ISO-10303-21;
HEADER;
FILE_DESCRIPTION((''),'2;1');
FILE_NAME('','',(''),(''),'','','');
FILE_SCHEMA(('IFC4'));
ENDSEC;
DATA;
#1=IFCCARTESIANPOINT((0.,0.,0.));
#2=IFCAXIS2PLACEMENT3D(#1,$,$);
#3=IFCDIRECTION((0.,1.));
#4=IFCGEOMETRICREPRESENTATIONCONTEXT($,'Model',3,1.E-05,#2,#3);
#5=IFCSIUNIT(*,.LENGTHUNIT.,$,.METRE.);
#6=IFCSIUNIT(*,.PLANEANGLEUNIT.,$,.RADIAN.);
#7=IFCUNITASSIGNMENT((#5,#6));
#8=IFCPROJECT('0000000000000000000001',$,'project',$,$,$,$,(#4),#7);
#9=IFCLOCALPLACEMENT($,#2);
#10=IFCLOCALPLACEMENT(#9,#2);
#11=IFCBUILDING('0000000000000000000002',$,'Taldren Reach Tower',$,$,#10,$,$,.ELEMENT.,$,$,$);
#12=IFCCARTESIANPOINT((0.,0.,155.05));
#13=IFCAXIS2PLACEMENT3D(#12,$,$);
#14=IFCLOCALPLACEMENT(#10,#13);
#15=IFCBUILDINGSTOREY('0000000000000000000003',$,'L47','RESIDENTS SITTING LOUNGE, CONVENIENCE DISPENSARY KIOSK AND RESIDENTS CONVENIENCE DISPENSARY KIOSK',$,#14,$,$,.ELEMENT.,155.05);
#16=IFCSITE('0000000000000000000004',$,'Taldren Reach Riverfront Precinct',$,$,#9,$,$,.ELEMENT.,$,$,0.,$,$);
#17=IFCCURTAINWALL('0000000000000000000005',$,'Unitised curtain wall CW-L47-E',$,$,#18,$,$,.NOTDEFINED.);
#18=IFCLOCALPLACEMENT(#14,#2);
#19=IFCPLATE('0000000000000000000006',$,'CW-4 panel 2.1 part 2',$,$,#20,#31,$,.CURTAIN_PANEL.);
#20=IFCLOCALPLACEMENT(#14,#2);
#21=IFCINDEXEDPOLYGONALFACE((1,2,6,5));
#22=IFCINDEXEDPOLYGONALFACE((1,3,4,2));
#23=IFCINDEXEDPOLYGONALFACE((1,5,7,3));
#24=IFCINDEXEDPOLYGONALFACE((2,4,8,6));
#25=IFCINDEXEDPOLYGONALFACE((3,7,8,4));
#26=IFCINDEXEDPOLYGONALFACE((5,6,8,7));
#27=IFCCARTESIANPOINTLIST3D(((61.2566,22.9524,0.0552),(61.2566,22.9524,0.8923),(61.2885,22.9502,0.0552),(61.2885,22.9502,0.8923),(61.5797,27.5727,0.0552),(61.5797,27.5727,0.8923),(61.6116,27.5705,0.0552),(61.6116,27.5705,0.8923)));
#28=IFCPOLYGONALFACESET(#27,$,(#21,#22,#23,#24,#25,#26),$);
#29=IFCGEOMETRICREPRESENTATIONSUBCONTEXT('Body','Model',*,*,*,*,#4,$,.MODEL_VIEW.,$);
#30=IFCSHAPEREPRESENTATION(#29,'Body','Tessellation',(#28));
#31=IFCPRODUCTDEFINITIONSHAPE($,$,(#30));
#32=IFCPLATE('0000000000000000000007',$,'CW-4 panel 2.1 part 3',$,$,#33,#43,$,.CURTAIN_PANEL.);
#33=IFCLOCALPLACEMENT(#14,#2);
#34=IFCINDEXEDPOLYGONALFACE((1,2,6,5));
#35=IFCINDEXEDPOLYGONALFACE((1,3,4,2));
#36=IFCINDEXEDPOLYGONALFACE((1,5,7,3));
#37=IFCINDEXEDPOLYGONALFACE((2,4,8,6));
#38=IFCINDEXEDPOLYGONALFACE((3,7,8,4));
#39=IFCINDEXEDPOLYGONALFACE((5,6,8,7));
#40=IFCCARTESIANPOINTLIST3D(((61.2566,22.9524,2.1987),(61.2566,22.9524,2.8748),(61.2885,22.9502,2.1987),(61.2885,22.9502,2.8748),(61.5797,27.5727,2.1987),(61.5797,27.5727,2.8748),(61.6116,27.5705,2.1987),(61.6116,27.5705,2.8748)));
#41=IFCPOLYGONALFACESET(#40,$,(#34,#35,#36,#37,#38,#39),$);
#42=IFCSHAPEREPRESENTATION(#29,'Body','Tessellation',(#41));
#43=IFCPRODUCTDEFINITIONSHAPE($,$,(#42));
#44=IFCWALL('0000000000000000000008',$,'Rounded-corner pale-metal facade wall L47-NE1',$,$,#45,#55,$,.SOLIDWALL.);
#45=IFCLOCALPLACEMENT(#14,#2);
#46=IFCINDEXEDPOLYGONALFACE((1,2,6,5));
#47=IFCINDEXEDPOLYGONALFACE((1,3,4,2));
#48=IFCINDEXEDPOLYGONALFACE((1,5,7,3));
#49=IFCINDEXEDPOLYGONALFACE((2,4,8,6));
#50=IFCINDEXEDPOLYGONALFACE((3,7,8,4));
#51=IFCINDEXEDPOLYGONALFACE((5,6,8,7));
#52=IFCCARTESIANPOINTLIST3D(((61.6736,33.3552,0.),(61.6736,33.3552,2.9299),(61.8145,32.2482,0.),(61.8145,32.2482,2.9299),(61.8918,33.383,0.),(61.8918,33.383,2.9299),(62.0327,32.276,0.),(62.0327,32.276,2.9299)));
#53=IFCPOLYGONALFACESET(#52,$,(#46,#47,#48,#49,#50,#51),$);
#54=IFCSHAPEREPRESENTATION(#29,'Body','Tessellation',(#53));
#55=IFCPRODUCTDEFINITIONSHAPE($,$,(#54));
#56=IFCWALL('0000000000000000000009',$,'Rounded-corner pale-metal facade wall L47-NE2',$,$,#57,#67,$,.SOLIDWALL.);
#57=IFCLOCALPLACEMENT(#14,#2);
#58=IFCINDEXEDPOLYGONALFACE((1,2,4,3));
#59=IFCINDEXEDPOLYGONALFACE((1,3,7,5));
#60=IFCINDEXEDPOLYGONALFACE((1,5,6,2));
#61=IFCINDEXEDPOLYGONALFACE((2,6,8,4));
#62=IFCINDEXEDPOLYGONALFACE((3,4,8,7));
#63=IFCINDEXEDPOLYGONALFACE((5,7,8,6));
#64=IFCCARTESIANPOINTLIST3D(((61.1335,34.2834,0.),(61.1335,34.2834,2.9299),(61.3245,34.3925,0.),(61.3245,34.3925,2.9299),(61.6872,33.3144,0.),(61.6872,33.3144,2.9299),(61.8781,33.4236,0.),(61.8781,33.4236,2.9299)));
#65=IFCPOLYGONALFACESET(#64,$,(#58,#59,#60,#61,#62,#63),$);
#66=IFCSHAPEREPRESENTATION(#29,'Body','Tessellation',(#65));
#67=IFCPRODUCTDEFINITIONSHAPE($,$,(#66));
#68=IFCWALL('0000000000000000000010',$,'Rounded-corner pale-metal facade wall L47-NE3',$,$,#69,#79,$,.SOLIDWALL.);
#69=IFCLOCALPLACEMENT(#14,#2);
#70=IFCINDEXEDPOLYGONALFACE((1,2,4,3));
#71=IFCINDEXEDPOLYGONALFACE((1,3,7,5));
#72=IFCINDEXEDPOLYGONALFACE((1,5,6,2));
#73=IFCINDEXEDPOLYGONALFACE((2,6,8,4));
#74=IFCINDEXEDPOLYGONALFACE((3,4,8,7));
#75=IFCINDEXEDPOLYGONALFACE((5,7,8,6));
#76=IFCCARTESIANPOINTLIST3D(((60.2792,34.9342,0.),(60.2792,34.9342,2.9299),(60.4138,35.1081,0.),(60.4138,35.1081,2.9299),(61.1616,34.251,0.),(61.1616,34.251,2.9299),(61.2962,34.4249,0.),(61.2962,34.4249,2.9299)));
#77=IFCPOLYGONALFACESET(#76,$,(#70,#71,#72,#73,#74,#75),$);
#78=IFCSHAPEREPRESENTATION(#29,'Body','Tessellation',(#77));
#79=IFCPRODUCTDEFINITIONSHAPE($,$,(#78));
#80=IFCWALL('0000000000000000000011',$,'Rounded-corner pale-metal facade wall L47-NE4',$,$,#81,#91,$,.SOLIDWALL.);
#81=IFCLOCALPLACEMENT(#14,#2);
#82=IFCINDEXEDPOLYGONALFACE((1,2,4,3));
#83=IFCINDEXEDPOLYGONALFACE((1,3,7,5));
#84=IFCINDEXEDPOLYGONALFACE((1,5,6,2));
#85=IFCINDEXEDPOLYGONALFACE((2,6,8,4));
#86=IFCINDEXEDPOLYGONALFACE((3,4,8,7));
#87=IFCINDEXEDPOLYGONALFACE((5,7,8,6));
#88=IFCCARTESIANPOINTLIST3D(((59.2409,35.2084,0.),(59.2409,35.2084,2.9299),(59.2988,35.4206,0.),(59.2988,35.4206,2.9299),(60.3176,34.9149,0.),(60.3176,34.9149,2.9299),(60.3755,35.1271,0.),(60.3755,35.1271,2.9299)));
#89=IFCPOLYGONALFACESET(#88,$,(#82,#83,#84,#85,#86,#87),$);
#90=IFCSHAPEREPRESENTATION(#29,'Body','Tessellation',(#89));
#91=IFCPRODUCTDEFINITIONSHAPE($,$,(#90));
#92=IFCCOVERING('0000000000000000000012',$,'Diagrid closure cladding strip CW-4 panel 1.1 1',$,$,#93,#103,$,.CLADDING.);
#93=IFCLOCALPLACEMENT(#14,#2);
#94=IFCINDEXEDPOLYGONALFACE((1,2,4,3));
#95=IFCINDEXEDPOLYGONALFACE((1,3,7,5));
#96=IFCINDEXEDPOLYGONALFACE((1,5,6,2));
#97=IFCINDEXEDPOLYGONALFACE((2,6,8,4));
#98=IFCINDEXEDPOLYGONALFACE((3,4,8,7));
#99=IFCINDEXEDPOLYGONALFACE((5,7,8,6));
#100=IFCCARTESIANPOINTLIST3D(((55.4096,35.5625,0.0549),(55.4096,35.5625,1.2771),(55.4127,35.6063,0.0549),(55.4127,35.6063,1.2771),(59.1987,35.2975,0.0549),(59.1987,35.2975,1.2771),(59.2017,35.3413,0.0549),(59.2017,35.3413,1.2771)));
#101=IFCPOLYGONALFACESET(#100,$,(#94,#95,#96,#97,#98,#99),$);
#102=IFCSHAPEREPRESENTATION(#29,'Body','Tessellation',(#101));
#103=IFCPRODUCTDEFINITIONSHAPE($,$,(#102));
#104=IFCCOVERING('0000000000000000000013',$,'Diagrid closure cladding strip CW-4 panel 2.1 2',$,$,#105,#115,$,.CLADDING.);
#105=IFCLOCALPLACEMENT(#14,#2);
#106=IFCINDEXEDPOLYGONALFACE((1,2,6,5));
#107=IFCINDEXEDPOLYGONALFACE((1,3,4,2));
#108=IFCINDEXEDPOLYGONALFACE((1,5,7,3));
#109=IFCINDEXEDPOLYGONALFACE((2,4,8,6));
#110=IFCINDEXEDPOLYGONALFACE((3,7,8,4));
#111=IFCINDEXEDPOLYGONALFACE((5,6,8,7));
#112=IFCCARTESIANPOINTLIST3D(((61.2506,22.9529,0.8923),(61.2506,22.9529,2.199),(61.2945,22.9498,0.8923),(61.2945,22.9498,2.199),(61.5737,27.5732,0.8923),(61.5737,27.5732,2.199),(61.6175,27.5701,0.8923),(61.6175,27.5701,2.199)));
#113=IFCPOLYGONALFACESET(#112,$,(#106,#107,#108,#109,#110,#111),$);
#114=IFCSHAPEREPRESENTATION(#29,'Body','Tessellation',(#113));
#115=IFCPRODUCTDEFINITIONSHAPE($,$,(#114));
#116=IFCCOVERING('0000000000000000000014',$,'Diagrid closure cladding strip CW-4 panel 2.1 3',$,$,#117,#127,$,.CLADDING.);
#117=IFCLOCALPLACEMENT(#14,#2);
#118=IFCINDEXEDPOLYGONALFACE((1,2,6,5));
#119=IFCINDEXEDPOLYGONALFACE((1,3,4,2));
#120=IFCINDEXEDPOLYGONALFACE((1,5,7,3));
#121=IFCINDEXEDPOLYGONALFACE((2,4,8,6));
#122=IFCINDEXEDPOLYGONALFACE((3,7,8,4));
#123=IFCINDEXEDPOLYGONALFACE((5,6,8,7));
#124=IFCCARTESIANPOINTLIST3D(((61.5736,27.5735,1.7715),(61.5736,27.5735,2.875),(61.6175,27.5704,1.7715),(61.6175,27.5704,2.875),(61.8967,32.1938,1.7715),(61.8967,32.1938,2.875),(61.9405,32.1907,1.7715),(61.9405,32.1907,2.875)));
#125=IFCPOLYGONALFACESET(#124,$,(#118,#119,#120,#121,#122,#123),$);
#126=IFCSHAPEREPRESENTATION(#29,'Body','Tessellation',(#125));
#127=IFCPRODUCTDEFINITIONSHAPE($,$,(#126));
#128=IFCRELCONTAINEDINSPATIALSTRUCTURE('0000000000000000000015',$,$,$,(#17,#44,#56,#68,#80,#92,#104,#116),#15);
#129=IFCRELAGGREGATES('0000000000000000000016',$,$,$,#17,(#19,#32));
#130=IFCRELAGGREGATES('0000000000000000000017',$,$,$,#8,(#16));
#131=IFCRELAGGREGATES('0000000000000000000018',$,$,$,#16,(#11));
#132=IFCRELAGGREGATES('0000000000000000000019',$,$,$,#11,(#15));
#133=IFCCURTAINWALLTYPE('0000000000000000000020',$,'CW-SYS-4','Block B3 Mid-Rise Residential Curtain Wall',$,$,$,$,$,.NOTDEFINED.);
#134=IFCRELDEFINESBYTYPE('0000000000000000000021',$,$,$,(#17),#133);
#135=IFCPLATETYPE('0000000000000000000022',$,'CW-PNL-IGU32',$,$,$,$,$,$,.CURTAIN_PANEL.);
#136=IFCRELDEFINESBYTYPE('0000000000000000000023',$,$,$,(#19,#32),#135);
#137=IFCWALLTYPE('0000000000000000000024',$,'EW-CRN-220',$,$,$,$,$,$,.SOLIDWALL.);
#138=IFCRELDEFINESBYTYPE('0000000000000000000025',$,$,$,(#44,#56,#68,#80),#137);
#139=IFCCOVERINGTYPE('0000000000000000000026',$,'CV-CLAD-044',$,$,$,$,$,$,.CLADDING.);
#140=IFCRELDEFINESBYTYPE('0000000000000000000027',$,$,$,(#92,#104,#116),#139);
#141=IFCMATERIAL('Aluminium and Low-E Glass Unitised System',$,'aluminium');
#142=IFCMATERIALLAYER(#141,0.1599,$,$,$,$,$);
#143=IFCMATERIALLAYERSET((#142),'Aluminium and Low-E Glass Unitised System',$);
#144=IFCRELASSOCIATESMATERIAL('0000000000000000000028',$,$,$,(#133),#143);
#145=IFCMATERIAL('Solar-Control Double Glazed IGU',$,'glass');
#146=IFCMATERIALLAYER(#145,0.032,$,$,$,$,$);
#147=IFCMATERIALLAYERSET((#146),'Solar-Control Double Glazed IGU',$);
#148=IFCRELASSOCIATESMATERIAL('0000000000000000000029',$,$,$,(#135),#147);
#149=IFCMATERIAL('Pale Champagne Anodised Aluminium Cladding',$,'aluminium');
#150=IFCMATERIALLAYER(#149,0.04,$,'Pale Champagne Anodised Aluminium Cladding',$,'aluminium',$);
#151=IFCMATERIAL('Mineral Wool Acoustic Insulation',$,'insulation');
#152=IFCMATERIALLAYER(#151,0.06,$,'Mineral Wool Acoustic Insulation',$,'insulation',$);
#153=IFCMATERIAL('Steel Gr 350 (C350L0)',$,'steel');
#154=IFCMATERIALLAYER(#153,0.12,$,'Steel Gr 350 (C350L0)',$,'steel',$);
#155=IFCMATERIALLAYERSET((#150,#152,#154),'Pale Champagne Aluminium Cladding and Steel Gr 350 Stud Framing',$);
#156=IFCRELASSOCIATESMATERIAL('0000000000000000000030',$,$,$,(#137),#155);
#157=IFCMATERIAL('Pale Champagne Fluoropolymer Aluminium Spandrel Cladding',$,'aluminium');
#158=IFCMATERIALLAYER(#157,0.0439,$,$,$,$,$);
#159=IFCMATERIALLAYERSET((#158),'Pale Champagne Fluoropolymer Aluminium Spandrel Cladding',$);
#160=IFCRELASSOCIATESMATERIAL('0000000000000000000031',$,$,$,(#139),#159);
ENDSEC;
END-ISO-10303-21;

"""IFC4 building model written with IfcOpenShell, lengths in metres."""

from ifc_helpers import new_model, si_unit, direction, frame, frame_2d, origin, origin_2d, place, context, subcontext, project, spatial, rectangle, extrude, source, transform, mapped, material, layer, layer_set, type_object, element, aggregate, save


model = new_model("IFC4")

# Units and contexts
model_context = context("Model", 3, precision=1e-05, world=origin(), true_north=direction((0.0, 1.0)))
body_context = subcontext(model_context, "Body", "Model", "MODEL_VIEW")
ifc_project = project(units=[si_unit("LENGTHUNIT", "METRE"), si_unit("PLANEANGLEUNIT", "RADIAN")], contexts=[model_context])

# Site, building, storey
site_placement = place(None, origin())
site = spatial("IfcSite", under=ifc_project, at=site_placement, Name="Taldren Reach Riverfront Precinct", CompositionType="ELEMENT", RefElevation=0.0)
building_placement = place(site_placement, origin())
building = spatial("IfcBuilding", under=site, at=building_placement, Name="Taldren Reach Tower", CompositionType="ELEMENT")
storey_placement = place(building_placement, frame((0.0, 0.0, 155.05)))
storey = spatial("IfcBuildingStorey", under=building, at=storey_placement, Name="L47", Description="RESIDENTS SITTING LOUNGE, CONVENIENCE DISPENSARY KIOSK AND RESIDENTS CONVENIENCE DISPENSARY KIOSK", CompositionType="ELEMENT", Elevation=155.05)

# Shared definitions
ifc_material_1 = material(Name="Steel Gr 350 (C350L0)", Category="steel")

# Shared definitions
ifc_material_2 = material(Name="Aluminium and Low-E Glass Unitised System", Category="aluminium")
ifc_layer_1 = layer(ifc_material_2, 0.1599)
ifc_layer_set_1 = layer_set([ifc_layer_1], Name="Aluminium and Low-E Glass Unitised System")
curtain_wall_type = type_object("IfcCurtainWallType", Name="CW-SYS-4", Description="Block B3 Mid-Rise Residential Curtain Wall", PredefinedType="NOTDEFINED", material=ifc_layer_set_1)

# Curtain wall
curtain_wall_1_placement = place(storey_placement, origin())
curtain_wall_1 = element("IfcCurtainWall", 1, at=curtain_wall_1_placement, inside=storey, type_object=curtain_wall_type, Name="Unitised curtain wall CW-L47-E", PredefinedType="NOTDEFINED")

# Plates
ifc_material_3 = material(Name="Solar-Control Double Glazed IGU", Category="glass")
ifc_layer_2 = layer(ifc_material_3, 0.032)
ifc_layer_set_2 = layer_set([ifc_layer_2], Name="Solar-Control Double Glazed IGU")
plate_type_1 = type_object("IfcPlateType", Name="CW-PNL-IGU32", PredefinedType="CURTAIN_PANEL", material=ifc_layer_set_2)
shared_shape_1 = source(origin(), body_context, "Body", "SweptSolid", [
    extrude(rectangle(XDim=4.6316, YDim=0.032, at=origin_2d()), origin(), (0.0, 0.0, 1.0), 0.8372),
])
plate_1_placement = place(storey_placement, frame((61.4341, 25.2615, 0.0552), z_axis=(0.0, 0.0, 1.0), x_axis=(0.069756, 0.997564, 0.0)))
plate_1 = element("IfcPlate", 2, at=plate_1_placement, type_object=plate_type_1, Name="CW-4 panel 2.1 part 2", PredefinedType="CURTAIN_PANEL", context=body_context, shape_type="MappedRepresentation", body=[
    mapped(shared_shape_1, transform((0.0, 0.0, 0.0), scale=1.0)),
])
shared_shape_2 = source(origin(), body_context, "Body", "SweptSolid", [
    extrude(rectangle(XDim=4.6316, YDim=0.032, at=origin_2d()), origin(), (0.0, 0.0, 1.0), 0.676),
])
plate_2_placement = place(storey_placement, frame((61.4341, 25.2615, 2.1987), z_axis=(0.0, 0.0, 1.0), x_axis=(0.069756, 0.997564, 0.0)))
plate_2 = element("IfcPlate", 3, at=plate_2_placement, type_object=plate_type_1, Name="CW-4 panel 2.1 part 3", PredefinedType="CURTAIN_PANEL", context=body_context, shape_type="MappedRepresentation", body=[
    mapped(shared_shape_2, transform((0.0, 0.0, 0.0), scale=1.0)),
])
aggregate(curtain_wall_1, [plate_1, plate_2])

# Walls
ifc_material_4 = material(Name="Pale Champagne Anodised Aluminium Cladding", Category="aluminium")
ifc_layer_3 = layer(ifc_material_4, 0.04, Name="Pale Champagne Anodised Aluminium Cladding", Category="aluminium")
ifc_material_5 = material(Name="Mineral Wool Acoustic Insulation", Category="insulation")
ifc_layer_4 = layer(ifc_material_5, 0.06, Name="Mineral Wool Acoustic Insulation", Category="insulation")
ifc_layer_5 = layer(ifc_material_1, 0.12, Name="Steel Gr 350 (C350L0)", Category="steel")
ifc_layer_set_3 = layer_set([ifc_layer_3, ifc_layer_4, ifc_layer_5], Name="Pale Champagne Aluminium Cladding and Steel Gr 350 Stud Framing")
wall_type = type_object("IfcWallType", Name="EW-CRN-220", PredefinedType="SOLIDWALL", material=ifc_layer_set_3)
shared_shape_3 = source(origin(), body_context, "Body", "SweptSolid", [
    extrude(rectangle(XDim=1.116, YDim=0.22, at=frame_2d((0.5581, 0.0))), origin(), (0.0, 0.0, 1.0), 2.9299),
])
for number, where, z_axis, x_axis, name in (
    (4, (61.9236, 32.262, 0.0), (0.0, 0.0, 1.0), (-0.126243, 0.991999, 0.0), "Rounded-corner pale-metal facade wall L47-NE1"),
    (5, (61.7827, 33.3689, 0.0), (0.0, 0.0, 1.0), (-0.496139, 0.868243, 0.0), "Rounded-corner pale-metal facade wall L47-NE2"),
    (6, (61.229, 34.3379, 0.0), (0.0, 0.0, 1.0), (-0.790717, 0.612182, 0.0), "Rounded-corner pale-metal facade wall L47-NE3"),
    (7, (60.3467, 35.021, 0.0), (0.0, 0.0, 1.0), (-0.964804, 0.262969, 0.0), "Rounded-corner pale-metal facade wall L47-NE4"),
):
    element("IfcWall", number, at=place(storey_placement, frame(where, z_axis=z_axis, x_axis=x_axis)), inside=storey, type_object=wall_type, Name=name, PredefinedType="SOLIDWALL", context=body_context, shape_type="MappedRepresentation", body=[
        mapped(shared_shape_3, transform((0.0, 0.0, 0.0), scale=1.0)),
    ])

# Coverings
ifc_material_6 = material(Name="Pale Champagne Fluoropolymer Aluminium Spandrel Cladding", Category="aluminium")
ifc_layer_6 = layer(ifc_material_6, 0.0439)
ifc_layer_set_4 = layer_set([ifc_layer_6], Name="Pale Champagne Fluoropolymer Aluminium Spandrel Cladding")
covering_type = type_object("IfcCoveringType", Name="CV-CLAD-044", PredefinedType="CLADDING", material=ifc_layer_set_4)
shared_shape_4 = source(origin(), body_context, "Body", "SweptSolid", [
    extrude(rectangle(XDim=3.7983, YDim=0.0439, at=origin_2d()), origin(), (0.0, 0.0, 1.0), 1.2222),
])
covering_1_placement = place(storey_placement, frame((57.3057, 35.4519, 0.0549), z_axis=(0.0, 0.0, 1.0), x_axis=(-0.997564, 0.069757, 0.0)))
element("IfcCovering", 8, at=covering_1_placement, inside=storey, type_object=covering_type, Name="Diagrid closure cladding strip CW-4 panel 1.1 1", PredefinedType="CLADDING", context=body_context, shape_type="MappedRepresentation", body=[
    mapped(shared_shape_4, transform((0.0, 0.0, 0.0), scale=1.0)),
])
shared_shape_5 = source(origin(), body_context, "Body", "SweptSolid", [
    extrude(rectangle(XDim=4.6316, YDim=0.0439, at=origin_2d()), origin(), (0.0, 0.0, 1.0), 1.3066),
])
covering_2_placement = place(storey_placement, frame((61.4341, 25.2615, 0.8923), z_axis=(0.0, 0.0, 1.0), x_axis=(0.069756, 0.997564, 0.0)))
element("IfcCovering", 9, at=covering_2_placement, inside=storey, type_object=covering_type, Name="Diagrid closure cladding strip CW-4 panel 2.1 2", PredefinedType="CLADDING", context=body_context, shape_type="MappedRepresentation", body=[
    mapped(shared_shape_5, transform((0.0, 0.0, 0.0), scale=1.0)),
])
shared_shape_6 = source(origin(), body_context, "Body", "SweptSolid", [
    extrude(rectangle(XDim=4.6316, YDim=0.0439, at=origin_2d()), origin(), (0.0, 0.0, 1.0), 1.1035),
])
covering_3_placement = place(storey_placement, frame((61.7571, 29.8821, 1.7715), z_axis=(0.0, 0.0, 1.0), x_axis=(0.069756, 0.997564, 0.0)))
element("IfcCovering", 10, at=covering_3_placement, inside=storey, type_object=covering_type, Name="Diagrid closure cladding strip CW-4 panel 2.1 3", PredefinedType="CLADDING", context=body_context, shape_type="MappedRepresentation", body=[
    mapped(shared_shape_6, transform((0.0, 0.0, 0.0), scale=1.0)),
])

save(model, "model.ifc")
